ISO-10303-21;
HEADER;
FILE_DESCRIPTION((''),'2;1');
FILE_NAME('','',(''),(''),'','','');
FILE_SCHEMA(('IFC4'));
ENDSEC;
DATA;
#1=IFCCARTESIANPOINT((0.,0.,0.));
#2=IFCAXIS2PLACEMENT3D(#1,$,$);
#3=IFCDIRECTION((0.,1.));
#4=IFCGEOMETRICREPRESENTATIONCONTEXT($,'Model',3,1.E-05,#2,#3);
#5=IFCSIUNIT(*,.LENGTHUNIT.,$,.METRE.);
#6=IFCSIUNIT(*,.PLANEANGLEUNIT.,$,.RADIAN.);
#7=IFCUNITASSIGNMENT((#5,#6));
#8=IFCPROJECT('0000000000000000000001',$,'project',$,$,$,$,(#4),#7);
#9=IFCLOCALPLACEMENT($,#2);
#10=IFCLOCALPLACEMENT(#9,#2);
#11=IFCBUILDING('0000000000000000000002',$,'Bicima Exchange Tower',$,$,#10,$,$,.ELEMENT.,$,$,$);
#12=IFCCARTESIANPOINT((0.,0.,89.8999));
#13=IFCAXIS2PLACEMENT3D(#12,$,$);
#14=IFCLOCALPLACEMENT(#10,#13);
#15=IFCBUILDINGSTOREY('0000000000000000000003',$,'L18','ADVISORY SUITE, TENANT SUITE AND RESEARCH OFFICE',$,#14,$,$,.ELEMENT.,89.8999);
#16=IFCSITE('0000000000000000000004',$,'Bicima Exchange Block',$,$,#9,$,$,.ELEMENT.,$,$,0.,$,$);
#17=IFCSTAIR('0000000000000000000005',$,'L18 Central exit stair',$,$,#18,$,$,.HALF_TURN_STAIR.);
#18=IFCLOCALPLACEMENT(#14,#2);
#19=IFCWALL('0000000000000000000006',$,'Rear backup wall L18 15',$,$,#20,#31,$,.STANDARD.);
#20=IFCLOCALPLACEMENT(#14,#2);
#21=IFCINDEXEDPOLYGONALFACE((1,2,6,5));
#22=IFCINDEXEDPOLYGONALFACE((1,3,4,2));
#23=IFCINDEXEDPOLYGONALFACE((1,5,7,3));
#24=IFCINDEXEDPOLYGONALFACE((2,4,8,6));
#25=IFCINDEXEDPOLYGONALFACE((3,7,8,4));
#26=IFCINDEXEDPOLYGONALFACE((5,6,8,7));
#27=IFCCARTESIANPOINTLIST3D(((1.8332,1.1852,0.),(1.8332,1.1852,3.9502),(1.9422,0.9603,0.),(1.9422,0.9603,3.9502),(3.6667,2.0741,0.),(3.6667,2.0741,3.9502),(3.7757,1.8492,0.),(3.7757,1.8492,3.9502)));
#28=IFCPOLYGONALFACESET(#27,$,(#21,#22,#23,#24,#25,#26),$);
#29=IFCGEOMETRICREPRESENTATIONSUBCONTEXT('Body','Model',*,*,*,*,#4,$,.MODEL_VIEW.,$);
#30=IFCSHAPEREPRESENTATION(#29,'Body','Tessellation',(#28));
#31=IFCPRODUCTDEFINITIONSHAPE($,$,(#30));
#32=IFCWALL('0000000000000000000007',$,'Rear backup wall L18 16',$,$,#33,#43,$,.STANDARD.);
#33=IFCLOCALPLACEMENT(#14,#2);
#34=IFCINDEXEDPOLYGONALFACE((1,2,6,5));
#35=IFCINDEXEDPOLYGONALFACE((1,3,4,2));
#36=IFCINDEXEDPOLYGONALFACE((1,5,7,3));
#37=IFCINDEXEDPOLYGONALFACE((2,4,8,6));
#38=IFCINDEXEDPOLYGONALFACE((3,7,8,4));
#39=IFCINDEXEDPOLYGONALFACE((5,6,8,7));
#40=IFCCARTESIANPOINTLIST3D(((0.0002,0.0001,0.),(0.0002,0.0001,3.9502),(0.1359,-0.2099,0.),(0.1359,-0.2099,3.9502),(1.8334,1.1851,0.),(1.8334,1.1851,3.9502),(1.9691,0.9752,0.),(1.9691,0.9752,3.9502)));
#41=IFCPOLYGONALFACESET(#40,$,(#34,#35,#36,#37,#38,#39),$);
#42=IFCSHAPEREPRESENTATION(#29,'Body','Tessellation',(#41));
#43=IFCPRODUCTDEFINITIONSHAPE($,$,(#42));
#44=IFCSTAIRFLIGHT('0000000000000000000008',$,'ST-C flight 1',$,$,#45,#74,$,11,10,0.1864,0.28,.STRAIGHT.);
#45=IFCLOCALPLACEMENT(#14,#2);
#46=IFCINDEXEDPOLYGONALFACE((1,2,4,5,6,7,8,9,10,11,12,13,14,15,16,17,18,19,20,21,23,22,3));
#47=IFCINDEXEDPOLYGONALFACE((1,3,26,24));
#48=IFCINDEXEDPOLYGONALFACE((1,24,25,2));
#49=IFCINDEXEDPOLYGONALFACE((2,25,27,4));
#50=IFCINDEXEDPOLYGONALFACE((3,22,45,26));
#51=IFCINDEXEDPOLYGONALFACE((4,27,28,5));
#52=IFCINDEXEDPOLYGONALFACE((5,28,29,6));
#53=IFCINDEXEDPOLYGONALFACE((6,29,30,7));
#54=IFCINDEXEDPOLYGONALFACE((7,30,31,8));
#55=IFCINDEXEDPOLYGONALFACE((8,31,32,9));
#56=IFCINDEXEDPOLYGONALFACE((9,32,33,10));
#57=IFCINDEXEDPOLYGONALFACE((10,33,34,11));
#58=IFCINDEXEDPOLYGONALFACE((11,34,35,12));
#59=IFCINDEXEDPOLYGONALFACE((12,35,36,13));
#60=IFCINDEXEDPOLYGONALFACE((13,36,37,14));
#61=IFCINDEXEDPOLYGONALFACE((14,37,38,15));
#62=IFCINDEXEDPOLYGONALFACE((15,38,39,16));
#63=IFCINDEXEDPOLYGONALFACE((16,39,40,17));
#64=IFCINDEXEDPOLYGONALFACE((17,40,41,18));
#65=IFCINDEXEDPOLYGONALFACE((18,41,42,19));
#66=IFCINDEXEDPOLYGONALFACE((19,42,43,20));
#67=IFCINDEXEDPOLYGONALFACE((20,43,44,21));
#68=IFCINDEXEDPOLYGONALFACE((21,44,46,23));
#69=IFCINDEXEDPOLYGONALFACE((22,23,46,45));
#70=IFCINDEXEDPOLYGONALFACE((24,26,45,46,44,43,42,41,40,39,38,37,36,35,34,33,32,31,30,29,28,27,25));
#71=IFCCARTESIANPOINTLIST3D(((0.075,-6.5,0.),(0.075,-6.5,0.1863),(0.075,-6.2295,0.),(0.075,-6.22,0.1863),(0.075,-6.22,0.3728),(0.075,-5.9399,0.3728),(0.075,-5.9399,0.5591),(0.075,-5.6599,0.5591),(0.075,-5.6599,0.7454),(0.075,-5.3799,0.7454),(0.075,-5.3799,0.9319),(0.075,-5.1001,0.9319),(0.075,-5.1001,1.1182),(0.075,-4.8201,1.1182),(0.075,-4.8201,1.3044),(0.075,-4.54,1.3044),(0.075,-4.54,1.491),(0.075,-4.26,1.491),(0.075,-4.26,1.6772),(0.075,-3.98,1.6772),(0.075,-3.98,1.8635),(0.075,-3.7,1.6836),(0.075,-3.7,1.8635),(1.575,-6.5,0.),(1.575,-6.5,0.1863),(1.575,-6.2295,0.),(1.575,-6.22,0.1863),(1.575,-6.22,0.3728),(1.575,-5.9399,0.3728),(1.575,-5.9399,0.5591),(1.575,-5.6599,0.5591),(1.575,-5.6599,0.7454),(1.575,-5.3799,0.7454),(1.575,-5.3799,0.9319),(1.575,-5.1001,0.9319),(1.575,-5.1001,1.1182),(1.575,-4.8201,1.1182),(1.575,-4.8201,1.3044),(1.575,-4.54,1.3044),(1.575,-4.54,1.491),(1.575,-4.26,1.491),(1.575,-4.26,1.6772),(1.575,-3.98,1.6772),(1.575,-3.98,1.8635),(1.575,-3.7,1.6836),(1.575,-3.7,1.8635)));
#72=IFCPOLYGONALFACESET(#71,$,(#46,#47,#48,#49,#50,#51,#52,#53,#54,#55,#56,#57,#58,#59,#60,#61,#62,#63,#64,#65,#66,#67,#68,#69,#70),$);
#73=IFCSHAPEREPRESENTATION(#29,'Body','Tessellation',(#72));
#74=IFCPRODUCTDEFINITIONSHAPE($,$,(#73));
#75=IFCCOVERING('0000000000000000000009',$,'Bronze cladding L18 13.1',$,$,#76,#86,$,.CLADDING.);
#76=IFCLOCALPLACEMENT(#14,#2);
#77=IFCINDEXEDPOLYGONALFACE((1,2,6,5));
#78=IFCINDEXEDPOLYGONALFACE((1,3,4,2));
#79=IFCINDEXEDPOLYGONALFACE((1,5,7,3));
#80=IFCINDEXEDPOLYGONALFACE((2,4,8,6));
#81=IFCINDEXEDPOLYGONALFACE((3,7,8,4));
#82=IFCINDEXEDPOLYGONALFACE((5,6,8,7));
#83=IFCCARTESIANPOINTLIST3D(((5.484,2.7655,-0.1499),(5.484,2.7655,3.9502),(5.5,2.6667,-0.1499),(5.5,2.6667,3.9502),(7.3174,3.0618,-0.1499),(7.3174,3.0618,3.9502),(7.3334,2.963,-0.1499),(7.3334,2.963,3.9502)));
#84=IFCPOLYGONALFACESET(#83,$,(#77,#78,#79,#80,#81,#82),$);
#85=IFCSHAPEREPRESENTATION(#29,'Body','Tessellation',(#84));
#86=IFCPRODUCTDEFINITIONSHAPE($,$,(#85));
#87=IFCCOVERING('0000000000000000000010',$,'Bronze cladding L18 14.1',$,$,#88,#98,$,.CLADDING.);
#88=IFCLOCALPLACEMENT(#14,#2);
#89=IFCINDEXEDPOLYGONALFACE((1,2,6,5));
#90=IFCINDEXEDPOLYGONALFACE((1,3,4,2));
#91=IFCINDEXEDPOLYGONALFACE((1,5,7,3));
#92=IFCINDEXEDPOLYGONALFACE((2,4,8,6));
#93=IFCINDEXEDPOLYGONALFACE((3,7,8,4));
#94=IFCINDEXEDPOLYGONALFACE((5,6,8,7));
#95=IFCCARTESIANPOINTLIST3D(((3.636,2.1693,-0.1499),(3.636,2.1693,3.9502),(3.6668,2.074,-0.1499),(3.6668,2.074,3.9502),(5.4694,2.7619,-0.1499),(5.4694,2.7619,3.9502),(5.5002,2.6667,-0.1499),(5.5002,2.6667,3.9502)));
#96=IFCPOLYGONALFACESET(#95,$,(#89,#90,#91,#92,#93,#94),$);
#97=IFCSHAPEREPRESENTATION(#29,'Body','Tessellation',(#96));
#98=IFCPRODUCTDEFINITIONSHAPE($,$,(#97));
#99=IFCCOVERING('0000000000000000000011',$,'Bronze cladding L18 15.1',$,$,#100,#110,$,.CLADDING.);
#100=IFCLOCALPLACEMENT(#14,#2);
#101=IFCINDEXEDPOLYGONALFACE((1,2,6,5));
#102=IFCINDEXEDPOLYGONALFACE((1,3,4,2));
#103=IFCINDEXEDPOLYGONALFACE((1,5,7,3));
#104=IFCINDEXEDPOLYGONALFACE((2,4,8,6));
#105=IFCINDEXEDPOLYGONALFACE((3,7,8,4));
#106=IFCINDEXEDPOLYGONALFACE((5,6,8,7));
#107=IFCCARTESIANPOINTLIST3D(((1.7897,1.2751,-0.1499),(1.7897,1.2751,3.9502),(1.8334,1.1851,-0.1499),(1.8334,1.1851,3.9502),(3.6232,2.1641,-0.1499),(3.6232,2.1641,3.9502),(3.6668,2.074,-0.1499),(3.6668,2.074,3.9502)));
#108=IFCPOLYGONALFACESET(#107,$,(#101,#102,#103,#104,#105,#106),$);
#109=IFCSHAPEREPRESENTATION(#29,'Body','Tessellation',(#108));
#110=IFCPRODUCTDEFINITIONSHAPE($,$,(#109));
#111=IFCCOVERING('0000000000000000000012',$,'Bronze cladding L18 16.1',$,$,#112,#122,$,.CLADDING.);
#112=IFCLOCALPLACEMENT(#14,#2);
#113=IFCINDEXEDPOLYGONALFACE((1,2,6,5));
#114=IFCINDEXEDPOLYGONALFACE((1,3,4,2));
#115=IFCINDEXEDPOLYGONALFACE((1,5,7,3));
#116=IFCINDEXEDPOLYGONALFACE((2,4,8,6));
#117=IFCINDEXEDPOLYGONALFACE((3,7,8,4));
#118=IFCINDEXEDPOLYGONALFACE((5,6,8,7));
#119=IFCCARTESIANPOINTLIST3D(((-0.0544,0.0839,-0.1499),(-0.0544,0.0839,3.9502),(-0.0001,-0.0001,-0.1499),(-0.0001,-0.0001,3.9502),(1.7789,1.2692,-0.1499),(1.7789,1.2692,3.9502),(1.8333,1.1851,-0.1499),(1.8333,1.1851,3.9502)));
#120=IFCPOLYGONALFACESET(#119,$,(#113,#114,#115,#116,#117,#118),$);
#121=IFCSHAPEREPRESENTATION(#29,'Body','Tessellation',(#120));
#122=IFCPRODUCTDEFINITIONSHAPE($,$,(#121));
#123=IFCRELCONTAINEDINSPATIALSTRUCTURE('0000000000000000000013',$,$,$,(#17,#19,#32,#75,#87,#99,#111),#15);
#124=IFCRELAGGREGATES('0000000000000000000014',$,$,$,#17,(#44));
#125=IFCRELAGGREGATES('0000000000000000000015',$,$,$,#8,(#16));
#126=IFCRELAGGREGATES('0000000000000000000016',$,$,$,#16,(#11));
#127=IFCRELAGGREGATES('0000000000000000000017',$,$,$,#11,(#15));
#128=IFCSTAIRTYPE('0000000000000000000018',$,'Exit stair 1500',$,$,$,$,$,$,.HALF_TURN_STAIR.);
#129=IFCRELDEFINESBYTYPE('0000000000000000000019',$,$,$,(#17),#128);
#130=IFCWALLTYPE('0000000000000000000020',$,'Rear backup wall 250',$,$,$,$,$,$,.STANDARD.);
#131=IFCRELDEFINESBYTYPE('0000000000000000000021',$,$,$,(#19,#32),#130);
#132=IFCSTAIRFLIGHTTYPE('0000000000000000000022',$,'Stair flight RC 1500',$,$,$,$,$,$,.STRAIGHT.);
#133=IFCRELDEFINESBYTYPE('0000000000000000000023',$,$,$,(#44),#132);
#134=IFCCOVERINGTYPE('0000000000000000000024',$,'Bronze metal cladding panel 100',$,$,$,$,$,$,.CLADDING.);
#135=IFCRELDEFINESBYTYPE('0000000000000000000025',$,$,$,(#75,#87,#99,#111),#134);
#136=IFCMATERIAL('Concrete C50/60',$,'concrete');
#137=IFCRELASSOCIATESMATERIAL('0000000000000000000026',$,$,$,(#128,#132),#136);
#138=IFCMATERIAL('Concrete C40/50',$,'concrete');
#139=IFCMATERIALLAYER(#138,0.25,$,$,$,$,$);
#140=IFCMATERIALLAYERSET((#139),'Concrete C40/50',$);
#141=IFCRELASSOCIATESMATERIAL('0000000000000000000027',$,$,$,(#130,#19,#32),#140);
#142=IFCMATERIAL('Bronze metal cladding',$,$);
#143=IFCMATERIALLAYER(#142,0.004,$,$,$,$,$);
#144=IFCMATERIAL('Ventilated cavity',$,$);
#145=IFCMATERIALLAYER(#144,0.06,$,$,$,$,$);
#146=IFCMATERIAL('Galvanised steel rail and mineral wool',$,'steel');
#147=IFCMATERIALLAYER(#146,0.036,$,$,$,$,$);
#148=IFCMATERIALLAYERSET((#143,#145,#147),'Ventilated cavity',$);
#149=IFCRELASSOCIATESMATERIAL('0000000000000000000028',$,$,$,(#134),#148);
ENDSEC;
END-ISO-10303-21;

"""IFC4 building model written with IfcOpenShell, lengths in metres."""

from ifc_helpers import new_model, si_unit, direction, frame, frame_2d, origin, origin_2d, place, context, subcontext, project, spatial, polyline, rectangle, outline, extrude, material, layer, layer_set, layer_usage, type_object, element, aggregate, save


model = new_model("IFC4")

# Units and contexts
model_context = context("Model", 3, precision=1e-05, world=origin(), true_north=direction((0.0, 1.0)))
body_context = subcontext(model_context, "Body", "Model", "MODEL_VIEW")
ifc_project = project(units=[si_unit("LENGTHUNIT", "METRE"), si_unit("PLANEANGLEUNIT", "RADIAN")], contexts=[model_context])

# Site, building, storey
site_placement = place(None, origin())
site = spatial("IfcSite", under=ifc_project, at=site_placement, Name="Bicima Exchange Block", CompositionType="ELEMENT", RefElevation=0.0)
building_placement = place(site_placement, origin())
building = spatial("IfcBuilding", under=site, at=building_placement, Name="Bicima Exchange Tower", CompositionType="ELEMENT")
storey_placement = place(building_placement, frame((0.0, 0.0, 89.8999)))
storey = spatial("IfcBuildingStorey", under=building, at=storey_placement, Name="L18", Description="ADVISORY SUITE, TENANT SUITE AND RESEARCH OFFICE", CompositionType="ELEMENT", Elevation=89.8999)

# Shared definitions
ifc_material_1 = material(Name="Concrete C40/50", Category="concrete")

# Stair
ifc_material_2 = material(Name="Concrete C50/60", Category="concrete")
stair_type_1 = type_object("IfcStairType", Name="Exit stair 1500", PredefinedType="HALF_TURN_STAIR", material=ifc_material_2)
stair_1_placement = place(storey_placement, origin())
stair_1 = element("IfcStair", 1, at=stair_1_placement, inside=storey, type_object=stair_type_1, Name="L18 Central exit stair", PredefinedType="HALF_TURN_STAIR")

# Walls
ifc_layer_1 = layer(ifc_material_1, 0.25)
ifc_layer_set_1 = layer_set([ifc_layer_1], Name="Concrete C40/50")
ifc_layer_usage = layer_usage(ifc_layer_set_1, "AXIS2", "POSITIVE", -0.125)
wall_type_1 = type_object("IfcWallType", Name="Rear backup wall 250", PredefinedType="STANDARD", material=ifc_layer_set_1)
wall_1_placement = place(storey_placement, frame((3.7212, 1.9617, 0.0), z_axis=(0.0, 0.0, 1.0), x_axis=(-0.899824, -0.436253, 0.0)))
element("IfcWall", 2, at=wall_1_placement, inside=storey, type_object=wall_type_1, material=ifc_layer_usage, Name="Rear backup wall L18 15", PredefinedType="STANDARD", context=body_context, shape_type="SweptSolid", body=[
    extrude(rectangle(XDim=2.0376, YDim=0.25, at=frame_2d((1.0188, 0.0))), origin(), (0.0, 0.0, 1.0), 3.9502),
])
wall_2_placement = place(storey_placement, frame((1.9011, 1.0801, 0.0), z_axis=(0.0, 0.0, 1.0), x_axis=(-0.839813, -0.542876, 0.0)))
element("IfcWall", 3, at=wall_2_placement, inside=storey, type_object=wall_type_1, material=ifc_layer_usage, Name="Rear backup wall L18 16", PredefinedType="STANDARD", context=body_context, shape_type="SweptSolid", body=[
    extrude(rectangle(XDim=2.1829, YDim=0.25, at=frame_2d((1.0913, 0.0))), origin(), (0.0, 0.0, 1.0), 3.9502),
])

# Stair flight
stair_flight_type = type_object("IfcStairFlightType", Name="Stair flight RC 1500", PredefinedType="STRAIGHT", material=ifc_material_2)
stair_flight_placement = place(storey_placement, frame((0.825, -6.5, 0.0), z_axis=(0.0, 0.0, 1.0), x_axis=(0.0, 1.0, 0.0)))
stair_flight = element("IfcStairFlight", 4, at=stair_flight_placement, type_object=stair_flight_type, Name="ST-C flight 1", NumberOfRisers=11, NumberOfTreads=10, PredefinedType="STRAIGHT", RiserHeight=0.1864, TreadLength=0.28, context=body_context, shape_type="SweptSolid", body=[
    extrude(outline(polyline([(0.0, 0.0), (0.0, 0.1863), (0.28, 0.1863), (0.28, 0.3728), (0.5601, 0.3728), (0.5601, 0.5591), (0.8401, 0.5591), (0.8401, 0.7454), (1.1201, 0.7454), (1.1201, 0.9319), (1.3999, 0.9319), (1.3999, 1.1182), (1.6799, 1.1182), (1.6799, 1.3044), (1.96, 1.3044), (1.96, 1.491), (2.24, 1.491), (2.24, 1.6772), (2.52, 1.6772), (2.52, 1.8635), (2.8, 1.8635), (2.8, 2.05), (2.8, 1.6836), (0.2705, 0.0), (0.0, 0.0)])), frame((0.0, 0.75, 0.0), z_axis=(0.0, -1.0, 0.0), x_axis=(1.0, 0.0, 0.0)), (0.0, 0.0, 1.0), 1.5),
])
aggregate(stair_1, [stair_flight])

# Coverings
ifc_material_3 = material(Name="Bronze metal cladding")
ifc_layer_2 = layer(ifc_material_3, 0.004)
ifc_material_4 = material(Name="Ventilated cavity")
ifc_layer_3 = layer(ifc_material_4, 0.06)
ifc_material_5 = material(Name="Galvanised steel rail and mineral wool", Category="steel")
ifc_layer_4 = layer(ifc_material_5, 0.036)
ifc_layer_set_2 = layer_set([ifc_layer_2, ifc_layer_3, ifc_layer_4], Name="Ventilated cavity")
covering_type = type_object("IfcCoveringType", Name="Bronze metal cladding panel 100", PredefinedType="CLADDING", material=ifc_layer_set_2)
covering_1_placement = place(storey_placement, frame((6.4087, 2.8643, -0.1499), z_axis=(0.0, 0.0, 1.0), x_axis=(-0.98719, -0.15955, 0.0)))
element("IfcCovering", 5, at=covering_1_placement, inside=storey, type_object=covering_type, Name="Bronze cladding L18 13.1", PredefinedType="CLADDING", context=body_context, shape_type="SweptSolid", body=[
    extrude(rectangle(XDim=1.8572, YDim=0.1001, at=origin_2d()), origin(), (0.0, 0.0, 1.0), 4.1001),
])
covering_2_placement = place(storey_placement, frame((4.5681, 2.418, -0.1499), z_axis=(0.0, 0.0, 1.0), x_axis=(-0.951525, -0.307573, 0.0)))
element("IfcCovering", 6, at=covering_2_placement, inside=storey, type_object=covering_type, Name="Bronze cladding L18 14.1", PredefinedType="CLADDING", context=body_context, shape_type="SweptSolid", body=[
    extrude(rectangle(XDim=1.9268, YDim=0.1001, at=origin_2d()), origin(), (0.0, 0.0, 1.0), 4.1001),
])
covering_3_placement = place(storey_placement, frame((2.7283, 1.6746, -0.1499), z_axis=(0.0, 0.0, 1.0), x_axis=(-0.899818, -0.436265, 0.0)))
element("IfcCovering", 7, at=covering_3_placement, inside=storey, type_object=covering_type, Name="Bronze cladding L18 15.1", PredefinedType="CLADDING", context=body_context, shape_type="SweptSolid", body=[
    extrude(rectangle(XDim=2.0376, YDim=0.1001, at=origin_2d()), origin(), (0.0, 0.0, 1.0), 4.1001),
])
covering_4_placement = place(storey_placement, frame((0.8894, 0.6345, -0.1499), z_axis=(0.0, 0.0, 1.0), x_axis=(-0.83979, -0.542911, 0.0)))
element("IfcCovering", 8, at=covering_4_placement, inside=storey, type_object=covering_type, Name="Bronze cladding L18 16.1", PredefinedType="CLADDING", context=body_context, shape_type="SweptSolid", body=[
    extrude(rectangle(XDim=2.1831, YDim=0.1001, at=origin_2d()), origin(), (0.0, 0.0, 1.0), 4.1001),
])

save(model, "model.ifc")
